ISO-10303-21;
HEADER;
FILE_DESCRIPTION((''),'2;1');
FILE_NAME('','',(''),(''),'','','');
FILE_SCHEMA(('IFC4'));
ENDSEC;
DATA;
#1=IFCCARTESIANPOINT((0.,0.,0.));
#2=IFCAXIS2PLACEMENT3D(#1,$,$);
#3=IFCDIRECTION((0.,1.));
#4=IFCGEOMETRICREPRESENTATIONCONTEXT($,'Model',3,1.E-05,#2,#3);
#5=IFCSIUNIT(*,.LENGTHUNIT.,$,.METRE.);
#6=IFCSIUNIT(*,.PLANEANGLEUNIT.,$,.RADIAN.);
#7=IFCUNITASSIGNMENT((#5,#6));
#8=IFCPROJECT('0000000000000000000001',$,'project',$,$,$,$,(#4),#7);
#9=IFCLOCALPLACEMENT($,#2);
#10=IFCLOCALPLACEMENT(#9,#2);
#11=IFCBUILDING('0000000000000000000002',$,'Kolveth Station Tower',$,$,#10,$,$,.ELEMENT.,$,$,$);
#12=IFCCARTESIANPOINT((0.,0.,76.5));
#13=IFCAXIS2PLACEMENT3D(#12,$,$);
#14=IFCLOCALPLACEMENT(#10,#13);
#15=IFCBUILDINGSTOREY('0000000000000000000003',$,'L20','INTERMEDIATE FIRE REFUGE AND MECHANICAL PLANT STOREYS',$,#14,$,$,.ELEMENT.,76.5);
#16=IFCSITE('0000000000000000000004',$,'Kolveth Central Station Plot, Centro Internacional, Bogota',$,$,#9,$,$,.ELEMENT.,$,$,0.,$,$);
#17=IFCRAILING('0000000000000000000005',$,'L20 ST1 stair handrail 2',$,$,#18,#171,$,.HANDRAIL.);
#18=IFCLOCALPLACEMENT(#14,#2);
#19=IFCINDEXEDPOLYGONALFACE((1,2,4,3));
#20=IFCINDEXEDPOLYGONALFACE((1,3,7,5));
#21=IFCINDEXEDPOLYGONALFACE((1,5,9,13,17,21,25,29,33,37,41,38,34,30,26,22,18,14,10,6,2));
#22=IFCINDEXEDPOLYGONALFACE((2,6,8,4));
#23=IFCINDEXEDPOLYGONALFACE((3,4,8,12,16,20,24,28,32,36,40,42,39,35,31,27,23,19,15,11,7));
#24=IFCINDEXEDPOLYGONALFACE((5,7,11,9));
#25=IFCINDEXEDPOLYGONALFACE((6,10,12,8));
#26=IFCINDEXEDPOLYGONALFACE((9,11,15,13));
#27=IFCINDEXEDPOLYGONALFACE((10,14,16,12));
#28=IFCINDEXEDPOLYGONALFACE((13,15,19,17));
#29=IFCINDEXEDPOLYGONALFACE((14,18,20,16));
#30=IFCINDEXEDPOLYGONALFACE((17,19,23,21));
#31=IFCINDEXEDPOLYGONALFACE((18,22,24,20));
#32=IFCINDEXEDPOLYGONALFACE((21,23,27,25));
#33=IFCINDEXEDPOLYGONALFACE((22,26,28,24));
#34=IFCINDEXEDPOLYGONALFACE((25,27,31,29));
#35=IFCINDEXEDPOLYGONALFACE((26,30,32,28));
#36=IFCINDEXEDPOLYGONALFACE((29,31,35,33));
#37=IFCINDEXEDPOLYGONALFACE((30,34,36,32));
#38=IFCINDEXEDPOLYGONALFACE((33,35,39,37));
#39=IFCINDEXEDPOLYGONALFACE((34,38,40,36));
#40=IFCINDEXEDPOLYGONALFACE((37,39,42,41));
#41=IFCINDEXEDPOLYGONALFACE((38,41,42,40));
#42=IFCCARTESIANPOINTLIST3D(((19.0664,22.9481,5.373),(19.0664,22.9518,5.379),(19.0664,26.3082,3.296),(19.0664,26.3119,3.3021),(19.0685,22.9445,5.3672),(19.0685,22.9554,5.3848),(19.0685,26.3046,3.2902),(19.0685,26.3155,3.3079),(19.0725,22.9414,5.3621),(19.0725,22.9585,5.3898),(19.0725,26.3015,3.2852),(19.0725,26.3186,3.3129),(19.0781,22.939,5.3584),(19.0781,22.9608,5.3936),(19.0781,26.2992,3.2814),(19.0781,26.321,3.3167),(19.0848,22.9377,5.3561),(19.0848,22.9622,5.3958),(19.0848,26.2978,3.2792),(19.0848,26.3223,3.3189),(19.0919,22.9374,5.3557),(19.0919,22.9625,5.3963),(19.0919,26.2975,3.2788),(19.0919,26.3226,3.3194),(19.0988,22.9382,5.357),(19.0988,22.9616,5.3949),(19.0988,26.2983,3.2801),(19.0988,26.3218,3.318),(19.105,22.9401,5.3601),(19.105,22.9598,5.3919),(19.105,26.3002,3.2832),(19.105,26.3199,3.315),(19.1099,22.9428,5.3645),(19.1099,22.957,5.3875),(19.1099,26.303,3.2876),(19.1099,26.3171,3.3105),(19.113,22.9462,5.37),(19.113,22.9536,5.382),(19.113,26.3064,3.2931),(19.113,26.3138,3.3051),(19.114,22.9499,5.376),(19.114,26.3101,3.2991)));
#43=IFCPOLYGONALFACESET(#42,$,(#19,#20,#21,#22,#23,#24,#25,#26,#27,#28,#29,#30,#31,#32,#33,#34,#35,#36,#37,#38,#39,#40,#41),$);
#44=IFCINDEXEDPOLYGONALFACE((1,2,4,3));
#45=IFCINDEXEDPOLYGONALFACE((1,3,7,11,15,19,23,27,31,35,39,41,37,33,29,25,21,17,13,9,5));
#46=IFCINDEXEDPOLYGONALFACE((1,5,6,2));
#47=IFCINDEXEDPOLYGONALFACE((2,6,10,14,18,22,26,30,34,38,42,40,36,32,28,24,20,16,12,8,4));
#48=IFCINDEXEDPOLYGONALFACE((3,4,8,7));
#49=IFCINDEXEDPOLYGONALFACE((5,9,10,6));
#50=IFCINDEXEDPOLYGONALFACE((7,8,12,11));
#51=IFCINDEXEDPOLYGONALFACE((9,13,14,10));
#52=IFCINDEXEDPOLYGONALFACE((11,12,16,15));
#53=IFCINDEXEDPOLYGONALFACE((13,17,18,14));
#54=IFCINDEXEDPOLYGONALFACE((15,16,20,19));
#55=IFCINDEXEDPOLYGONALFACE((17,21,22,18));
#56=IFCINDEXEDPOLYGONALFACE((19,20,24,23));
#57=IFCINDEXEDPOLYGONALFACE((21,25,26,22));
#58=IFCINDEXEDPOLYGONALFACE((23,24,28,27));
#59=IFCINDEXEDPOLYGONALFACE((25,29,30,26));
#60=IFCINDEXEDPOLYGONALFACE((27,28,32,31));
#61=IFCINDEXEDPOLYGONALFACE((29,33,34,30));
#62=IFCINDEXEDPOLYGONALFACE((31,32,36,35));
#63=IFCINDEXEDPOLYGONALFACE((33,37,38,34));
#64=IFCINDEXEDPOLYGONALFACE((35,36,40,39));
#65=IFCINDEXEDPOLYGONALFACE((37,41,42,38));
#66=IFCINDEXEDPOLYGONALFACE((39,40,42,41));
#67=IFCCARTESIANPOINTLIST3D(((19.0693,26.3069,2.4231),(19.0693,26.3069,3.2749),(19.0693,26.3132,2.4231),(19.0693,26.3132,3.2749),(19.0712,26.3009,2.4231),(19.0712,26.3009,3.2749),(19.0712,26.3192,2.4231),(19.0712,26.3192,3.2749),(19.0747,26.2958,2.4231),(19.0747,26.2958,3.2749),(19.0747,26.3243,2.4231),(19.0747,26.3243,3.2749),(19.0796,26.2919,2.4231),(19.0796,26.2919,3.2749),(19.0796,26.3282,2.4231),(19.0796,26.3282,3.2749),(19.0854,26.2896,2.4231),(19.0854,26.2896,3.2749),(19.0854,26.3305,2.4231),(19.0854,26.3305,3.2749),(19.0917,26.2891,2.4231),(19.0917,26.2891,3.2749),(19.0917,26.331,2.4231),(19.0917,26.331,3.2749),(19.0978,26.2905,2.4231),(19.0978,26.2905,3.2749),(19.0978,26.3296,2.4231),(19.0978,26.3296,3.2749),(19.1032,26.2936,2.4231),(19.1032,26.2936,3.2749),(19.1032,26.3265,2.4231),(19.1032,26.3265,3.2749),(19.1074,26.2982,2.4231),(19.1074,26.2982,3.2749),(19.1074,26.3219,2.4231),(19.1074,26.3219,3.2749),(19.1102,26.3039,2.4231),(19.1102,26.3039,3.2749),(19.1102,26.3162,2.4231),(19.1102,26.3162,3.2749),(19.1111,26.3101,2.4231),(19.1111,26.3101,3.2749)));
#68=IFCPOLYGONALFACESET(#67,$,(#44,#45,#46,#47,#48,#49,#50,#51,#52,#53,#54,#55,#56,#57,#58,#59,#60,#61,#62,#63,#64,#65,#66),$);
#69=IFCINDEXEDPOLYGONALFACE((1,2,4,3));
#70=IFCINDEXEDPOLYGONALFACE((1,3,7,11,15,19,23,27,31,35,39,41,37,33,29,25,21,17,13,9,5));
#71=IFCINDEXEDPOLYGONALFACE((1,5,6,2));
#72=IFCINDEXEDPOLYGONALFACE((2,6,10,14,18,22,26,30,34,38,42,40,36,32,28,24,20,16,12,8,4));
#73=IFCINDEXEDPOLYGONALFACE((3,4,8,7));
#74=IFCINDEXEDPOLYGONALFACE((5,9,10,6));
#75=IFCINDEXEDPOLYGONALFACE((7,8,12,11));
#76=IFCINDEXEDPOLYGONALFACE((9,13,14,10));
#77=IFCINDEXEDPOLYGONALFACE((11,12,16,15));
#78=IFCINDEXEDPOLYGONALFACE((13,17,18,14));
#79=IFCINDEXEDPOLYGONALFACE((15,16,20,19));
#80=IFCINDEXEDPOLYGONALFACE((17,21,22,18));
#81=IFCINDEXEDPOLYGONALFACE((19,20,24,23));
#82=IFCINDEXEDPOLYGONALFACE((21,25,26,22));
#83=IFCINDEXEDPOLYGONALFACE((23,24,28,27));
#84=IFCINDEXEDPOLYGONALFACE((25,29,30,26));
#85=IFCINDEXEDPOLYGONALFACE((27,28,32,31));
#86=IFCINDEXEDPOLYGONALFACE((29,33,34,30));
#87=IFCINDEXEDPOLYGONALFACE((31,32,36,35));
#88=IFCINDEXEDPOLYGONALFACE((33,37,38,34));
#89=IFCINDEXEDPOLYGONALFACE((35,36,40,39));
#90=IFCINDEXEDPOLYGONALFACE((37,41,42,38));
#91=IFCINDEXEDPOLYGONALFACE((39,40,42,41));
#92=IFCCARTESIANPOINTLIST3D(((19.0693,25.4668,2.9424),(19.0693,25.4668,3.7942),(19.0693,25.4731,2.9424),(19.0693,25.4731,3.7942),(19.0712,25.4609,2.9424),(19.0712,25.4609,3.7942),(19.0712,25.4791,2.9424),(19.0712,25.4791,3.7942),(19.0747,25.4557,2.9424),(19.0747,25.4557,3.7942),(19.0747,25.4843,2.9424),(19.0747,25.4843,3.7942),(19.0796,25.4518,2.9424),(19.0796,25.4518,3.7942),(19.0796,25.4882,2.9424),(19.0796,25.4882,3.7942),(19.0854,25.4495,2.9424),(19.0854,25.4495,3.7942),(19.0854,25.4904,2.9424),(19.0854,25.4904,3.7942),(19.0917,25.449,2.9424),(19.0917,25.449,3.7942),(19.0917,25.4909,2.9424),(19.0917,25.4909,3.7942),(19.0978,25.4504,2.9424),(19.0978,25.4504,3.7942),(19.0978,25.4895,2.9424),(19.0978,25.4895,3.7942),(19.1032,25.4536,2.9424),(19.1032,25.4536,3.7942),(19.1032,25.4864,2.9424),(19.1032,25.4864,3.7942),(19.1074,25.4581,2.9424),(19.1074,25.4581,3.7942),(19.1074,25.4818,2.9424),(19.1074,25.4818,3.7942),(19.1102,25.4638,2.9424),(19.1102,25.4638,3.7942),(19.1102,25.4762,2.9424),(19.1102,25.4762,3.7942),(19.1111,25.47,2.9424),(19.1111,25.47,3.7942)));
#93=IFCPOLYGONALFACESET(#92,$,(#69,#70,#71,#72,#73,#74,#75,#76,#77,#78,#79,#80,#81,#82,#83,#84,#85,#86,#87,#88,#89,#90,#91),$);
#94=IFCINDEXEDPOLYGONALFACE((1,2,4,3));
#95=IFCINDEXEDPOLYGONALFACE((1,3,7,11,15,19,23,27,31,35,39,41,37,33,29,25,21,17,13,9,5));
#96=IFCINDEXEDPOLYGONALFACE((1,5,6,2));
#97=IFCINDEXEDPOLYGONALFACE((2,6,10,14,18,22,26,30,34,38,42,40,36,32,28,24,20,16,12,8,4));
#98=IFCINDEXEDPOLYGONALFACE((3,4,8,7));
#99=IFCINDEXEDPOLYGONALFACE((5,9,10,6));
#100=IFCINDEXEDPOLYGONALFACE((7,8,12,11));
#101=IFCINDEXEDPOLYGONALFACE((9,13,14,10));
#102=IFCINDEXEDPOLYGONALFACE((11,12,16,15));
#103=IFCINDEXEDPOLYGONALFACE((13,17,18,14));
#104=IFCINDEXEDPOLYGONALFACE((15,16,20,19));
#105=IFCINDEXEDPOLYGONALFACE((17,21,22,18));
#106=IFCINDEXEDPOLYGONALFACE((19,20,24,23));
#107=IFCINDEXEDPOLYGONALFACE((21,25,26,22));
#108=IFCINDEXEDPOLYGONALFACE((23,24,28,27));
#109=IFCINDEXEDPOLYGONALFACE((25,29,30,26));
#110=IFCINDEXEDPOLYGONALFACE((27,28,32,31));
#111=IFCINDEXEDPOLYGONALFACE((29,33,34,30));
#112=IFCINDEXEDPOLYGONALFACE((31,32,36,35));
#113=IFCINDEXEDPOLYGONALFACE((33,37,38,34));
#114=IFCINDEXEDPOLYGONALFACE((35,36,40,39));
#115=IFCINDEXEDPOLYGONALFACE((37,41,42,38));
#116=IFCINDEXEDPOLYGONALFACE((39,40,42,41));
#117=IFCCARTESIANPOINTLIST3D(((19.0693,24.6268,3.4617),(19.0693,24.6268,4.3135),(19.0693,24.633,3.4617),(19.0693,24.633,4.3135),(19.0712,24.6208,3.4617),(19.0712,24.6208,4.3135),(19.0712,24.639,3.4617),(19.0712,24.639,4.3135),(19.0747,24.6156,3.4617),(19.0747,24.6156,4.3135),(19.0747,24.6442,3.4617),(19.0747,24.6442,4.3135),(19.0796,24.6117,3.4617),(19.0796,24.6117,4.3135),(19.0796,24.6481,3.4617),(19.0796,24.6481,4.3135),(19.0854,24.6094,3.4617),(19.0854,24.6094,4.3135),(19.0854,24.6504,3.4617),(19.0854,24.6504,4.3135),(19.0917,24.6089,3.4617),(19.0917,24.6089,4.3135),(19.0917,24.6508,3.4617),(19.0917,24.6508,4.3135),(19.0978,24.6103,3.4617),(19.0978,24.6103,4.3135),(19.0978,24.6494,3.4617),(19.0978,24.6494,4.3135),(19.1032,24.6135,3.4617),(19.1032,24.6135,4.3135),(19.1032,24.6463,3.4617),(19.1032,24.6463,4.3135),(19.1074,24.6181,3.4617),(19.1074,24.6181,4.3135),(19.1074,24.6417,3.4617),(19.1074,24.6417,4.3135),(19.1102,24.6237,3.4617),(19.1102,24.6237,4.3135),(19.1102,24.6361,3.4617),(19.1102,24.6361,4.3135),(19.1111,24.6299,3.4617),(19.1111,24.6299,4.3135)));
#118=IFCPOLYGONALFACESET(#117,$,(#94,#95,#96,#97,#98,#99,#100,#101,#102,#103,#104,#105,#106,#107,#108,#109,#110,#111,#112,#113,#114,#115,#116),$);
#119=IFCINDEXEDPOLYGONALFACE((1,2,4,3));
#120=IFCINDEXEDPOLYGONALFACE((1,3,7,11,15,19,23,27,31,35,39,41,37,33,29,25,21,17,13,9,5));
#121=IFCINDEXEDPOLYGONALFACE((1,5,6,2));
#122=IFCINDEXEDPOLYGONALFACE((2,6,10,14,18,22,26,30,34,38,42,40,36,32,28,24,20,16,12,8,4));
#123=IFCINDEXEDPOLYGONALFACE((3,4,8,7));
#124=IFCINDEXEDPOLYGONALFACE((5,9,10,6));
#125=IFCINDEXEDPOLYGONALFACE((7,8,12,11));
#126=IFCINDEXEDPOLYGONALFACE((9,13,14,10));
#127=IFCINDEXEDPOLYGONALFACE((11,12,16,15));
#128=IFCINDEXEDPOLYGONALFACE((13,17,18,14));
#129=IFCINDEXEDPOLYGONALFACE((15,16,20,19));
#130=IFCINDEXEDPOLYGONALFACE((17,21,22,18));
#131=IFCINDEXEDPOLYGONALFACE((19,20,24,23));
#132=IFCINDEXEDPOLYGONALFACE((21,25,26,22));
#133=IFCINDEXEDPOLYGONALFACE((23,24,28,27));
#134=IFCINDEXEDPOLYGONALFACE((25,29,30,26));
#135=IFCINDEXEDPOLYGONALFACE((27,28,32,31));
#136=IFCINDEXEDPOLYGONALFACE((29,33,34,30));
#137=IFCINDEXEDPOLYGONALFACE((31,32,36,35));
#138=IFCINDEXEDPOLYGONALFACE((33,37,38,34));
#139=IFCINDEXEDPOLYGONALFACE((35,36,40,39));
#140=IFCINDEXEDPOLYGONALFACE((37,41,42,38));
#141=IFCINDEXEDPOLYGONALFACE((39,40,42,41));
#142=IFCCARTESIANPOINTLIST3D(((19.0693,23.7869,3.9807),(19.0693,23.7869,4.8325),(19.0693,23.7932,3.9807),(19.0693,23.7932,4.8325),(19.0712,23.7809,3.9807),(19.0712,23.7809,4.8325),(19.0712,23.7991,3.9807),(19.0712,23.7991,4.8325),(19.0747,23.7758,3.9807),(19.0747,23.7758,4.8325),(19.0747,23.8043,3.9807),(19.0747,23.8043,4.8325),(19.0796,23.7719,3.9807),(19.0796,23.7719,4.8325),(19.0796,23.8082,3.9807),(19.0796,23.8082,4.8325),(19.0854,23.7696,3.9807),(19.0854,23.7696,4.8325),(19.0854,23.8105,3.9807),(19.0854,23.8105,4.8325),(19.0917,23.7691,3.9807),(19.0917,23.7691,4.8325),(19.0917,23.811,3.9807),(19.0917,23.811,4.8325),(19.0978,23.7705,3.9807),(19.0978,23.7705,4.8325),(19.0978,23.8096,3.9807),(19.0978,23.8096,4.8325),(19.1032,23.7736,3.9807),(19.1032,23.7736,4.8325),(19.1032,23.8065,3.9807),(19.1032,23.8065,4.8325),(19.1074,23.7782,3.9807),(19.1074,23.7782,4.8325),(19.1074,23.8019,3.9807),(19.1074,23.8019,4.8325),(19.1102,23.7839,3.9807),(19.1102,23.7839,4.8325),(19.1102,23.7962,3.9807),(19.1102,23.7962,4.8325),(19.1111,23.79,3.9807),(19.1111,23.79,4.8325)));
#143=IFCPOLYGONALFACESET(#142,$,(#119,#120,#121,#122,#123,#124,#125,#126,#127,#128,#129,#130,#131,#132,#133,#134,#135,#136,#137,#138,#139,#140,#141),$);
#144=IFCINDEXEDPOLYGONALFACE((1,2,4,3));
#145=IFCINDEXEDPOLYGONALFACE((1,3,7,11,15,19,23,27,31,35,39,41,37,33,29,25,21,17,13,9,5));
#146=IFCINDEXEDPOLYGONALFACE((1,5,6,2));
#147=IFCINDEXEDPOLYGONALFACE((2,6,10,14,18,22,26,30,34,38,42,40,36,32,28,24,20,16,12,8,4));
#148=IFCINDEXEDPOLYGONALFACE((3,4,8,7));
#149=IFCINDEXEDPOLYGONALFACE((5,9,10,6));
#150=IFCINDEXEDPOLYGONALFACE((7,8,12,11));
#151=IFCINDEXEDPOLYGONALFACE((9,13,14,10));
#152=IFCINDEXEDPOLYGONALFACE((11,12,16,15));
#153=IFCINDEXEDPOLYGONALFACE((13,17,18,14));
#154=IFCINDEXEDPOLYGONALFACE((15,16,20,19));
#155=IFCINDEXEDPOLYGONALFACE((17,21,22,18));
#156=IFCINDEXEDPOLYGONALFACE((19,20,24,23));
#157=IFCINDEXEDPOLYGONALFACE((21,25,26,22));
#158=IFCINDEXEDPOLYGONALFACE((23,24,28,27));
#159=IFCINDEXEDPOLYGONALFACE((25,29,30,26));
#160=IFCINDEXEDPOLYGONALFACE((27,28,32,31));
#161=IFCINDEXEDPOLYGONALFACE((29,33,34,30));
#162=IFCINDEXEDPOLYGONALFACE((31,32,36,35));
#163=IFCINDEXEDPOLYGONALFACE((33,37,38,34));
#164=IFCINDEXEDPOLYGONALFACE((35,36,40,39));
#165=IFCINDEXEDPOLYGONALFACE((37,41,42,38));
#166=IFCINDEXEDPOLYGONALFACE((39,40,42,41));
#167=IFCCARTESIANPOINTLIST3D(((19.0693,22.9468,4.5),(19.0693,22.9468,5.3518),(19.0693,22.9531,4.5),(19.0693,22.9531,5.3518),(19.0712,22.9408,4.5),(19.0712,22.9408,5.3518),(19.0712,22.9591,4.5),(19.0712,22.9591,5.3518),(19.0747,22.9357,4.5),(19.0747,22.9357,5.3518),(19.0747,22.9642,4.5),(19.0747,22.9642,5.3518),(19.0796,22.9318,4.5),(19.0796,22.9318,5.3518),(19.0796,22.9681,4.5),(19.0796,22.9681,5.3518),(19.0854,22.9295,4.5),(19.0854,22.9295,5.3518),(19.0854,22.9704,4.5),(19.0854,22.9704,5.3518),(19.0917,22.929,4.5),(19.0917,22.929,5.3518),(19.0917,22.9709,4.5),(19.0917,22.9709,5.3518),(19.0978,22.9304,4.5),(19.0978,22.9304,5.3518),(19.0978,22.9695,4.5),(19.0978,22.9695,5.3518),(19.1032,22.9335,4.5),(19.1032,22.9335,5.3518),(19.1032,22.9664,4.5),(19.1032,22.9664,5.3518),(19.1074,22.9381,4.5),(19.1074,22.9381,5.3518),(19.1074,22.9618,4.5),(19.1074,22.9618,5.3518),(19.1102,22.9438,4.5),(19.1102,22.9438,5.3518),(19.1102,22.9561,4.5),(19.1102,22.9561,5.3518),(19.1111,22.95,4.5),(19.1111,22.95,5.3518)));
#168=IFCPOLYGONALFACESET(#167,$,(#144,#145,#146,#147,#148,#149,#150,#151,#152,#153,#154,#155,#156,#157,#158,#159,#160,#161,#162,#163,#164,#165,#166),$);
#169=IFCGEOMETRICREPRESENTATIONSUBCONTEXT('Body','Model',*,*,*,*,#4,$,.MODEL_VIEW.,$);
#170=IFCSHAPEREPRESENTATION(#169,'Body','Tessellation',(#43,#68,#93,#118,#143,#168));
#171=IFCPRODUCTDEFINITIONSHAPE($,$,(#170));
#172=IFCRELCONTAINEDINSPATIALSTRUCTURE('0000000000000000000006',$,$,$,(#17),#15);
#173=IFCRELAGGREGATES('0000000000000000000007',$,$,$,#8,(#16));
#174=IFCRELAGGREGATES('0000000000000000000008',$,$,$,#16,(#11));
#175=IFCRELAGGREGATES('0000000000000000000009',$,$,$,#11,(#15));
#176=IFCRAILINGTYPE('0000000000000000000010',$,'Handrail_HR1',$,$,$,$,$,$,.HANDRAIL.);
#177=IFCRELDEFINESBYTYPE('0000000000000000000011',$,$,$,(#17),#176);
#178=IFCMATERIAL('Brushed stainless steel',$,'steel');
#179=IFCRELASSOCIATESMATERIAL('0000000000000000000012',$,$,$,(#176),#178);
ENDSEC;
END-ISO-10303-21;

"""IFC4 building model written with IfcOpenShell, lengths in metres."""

from ifc_helpers import new_model, si_unit, direction, frame, origin, origin_2d, place, context, subcontext, project, spatial, circle, extrude, material, type_object, element, save


model = new_model("IFC4")

# Units and contexts
model_context = context("Model", 3, precision=1e-05, world=origin(), true_north=direction((0.0, 1.0)))
body_context = subcontext(model_context, "Body", "Model", "MODEL_VIEW")
ifc_project = project(units=[si_unit("LENGTHUNIT", "METRE"), si_unit("PLANEANGLEUNIT", "RADIAN")], contexts=[model_context])

# Site, building, storey
site_placement = place(None, origin())
site = spatial("IfcSite", under=ifc_project, at=site_placement, Name="Kolveth Central Station Plot, Centro Internacional, Bogota", CompositionType="ELEMENT", RefElevation=0.0)
building_placement = place(site_placement, origin())
building = spatial("IfcBuilding", under=site, at=building_placement, Name="Kolveth Station Tower", CompositionType="ELEMENT")
storey_placement = place(building_placement, frame((0.0, 0.0, 76.5)))
storey = spatial("IfcBuildingStorey", under=building, at=storey_placement, Name="L20", Description="INTERMEDIATE FIRE REFUGE AND MECHANICAL PLANT STOREYS", CompositionType="ELEMENT", Elevation=76.5)

# Railing
ifc_material_1 = material(Name="Brushed stainless steel", Category="steel")
railing_type_1 = type_object("IfcRailingType", Name="Handrail_HR1", PredefinedType="HANDRAIL", material=ifc_material_1)
railing_1_placement = place(storey_placement, frame((19.0901, 26.3101, 2.4231)))
element("IfcRailing", 1, at=railing_1_placement, inside=storey, type_object=railing_type_1, Name="L20 ST1 stair handrail 2", PredefinedType="HANDRAIL", context=body_context, shape_type="SweptSolid", body=[
    extrude(circle(Radius=0.0239, at=origin_2d()), frame((0.0, 0.0, 0.876), z_axis=(0.0, -0.850623, 0.525776), x_axis=(1.0, 0.0, 0.0)), (0.0, 0.0, 1.0), 3.9502),
    extrude(circle(Radius=0.021, at=origin_2d()), origin(), (0.0, 0.0, 1.0), 0.8518),
    extrude(circle(Radius=0.021, at=origin_2d()), frame((0.0, -0.8401, 0.5193)), (0.0, 0.0, 1.0), 0.8518),
    extrude(circle(Radius=0.021, at=origin_2d()), frame((0.0, -1.6802, 1.0386)), (0.0, 0.0, 1.0), 0.8518),
    extrude(circle(Radius=0.021, at=origin_2d()), frame((0.0, -2.52, 1.5576)), (0.0, 0.0, 1.0), 0.8518),
    extrude(circle(Radius=0.021, at=origin_2d()), frame((0.0, -3.3601, 2.0769)), (0.0, 0.0, 1.0), 0.8518),
])

save(model, "model.ifc")
